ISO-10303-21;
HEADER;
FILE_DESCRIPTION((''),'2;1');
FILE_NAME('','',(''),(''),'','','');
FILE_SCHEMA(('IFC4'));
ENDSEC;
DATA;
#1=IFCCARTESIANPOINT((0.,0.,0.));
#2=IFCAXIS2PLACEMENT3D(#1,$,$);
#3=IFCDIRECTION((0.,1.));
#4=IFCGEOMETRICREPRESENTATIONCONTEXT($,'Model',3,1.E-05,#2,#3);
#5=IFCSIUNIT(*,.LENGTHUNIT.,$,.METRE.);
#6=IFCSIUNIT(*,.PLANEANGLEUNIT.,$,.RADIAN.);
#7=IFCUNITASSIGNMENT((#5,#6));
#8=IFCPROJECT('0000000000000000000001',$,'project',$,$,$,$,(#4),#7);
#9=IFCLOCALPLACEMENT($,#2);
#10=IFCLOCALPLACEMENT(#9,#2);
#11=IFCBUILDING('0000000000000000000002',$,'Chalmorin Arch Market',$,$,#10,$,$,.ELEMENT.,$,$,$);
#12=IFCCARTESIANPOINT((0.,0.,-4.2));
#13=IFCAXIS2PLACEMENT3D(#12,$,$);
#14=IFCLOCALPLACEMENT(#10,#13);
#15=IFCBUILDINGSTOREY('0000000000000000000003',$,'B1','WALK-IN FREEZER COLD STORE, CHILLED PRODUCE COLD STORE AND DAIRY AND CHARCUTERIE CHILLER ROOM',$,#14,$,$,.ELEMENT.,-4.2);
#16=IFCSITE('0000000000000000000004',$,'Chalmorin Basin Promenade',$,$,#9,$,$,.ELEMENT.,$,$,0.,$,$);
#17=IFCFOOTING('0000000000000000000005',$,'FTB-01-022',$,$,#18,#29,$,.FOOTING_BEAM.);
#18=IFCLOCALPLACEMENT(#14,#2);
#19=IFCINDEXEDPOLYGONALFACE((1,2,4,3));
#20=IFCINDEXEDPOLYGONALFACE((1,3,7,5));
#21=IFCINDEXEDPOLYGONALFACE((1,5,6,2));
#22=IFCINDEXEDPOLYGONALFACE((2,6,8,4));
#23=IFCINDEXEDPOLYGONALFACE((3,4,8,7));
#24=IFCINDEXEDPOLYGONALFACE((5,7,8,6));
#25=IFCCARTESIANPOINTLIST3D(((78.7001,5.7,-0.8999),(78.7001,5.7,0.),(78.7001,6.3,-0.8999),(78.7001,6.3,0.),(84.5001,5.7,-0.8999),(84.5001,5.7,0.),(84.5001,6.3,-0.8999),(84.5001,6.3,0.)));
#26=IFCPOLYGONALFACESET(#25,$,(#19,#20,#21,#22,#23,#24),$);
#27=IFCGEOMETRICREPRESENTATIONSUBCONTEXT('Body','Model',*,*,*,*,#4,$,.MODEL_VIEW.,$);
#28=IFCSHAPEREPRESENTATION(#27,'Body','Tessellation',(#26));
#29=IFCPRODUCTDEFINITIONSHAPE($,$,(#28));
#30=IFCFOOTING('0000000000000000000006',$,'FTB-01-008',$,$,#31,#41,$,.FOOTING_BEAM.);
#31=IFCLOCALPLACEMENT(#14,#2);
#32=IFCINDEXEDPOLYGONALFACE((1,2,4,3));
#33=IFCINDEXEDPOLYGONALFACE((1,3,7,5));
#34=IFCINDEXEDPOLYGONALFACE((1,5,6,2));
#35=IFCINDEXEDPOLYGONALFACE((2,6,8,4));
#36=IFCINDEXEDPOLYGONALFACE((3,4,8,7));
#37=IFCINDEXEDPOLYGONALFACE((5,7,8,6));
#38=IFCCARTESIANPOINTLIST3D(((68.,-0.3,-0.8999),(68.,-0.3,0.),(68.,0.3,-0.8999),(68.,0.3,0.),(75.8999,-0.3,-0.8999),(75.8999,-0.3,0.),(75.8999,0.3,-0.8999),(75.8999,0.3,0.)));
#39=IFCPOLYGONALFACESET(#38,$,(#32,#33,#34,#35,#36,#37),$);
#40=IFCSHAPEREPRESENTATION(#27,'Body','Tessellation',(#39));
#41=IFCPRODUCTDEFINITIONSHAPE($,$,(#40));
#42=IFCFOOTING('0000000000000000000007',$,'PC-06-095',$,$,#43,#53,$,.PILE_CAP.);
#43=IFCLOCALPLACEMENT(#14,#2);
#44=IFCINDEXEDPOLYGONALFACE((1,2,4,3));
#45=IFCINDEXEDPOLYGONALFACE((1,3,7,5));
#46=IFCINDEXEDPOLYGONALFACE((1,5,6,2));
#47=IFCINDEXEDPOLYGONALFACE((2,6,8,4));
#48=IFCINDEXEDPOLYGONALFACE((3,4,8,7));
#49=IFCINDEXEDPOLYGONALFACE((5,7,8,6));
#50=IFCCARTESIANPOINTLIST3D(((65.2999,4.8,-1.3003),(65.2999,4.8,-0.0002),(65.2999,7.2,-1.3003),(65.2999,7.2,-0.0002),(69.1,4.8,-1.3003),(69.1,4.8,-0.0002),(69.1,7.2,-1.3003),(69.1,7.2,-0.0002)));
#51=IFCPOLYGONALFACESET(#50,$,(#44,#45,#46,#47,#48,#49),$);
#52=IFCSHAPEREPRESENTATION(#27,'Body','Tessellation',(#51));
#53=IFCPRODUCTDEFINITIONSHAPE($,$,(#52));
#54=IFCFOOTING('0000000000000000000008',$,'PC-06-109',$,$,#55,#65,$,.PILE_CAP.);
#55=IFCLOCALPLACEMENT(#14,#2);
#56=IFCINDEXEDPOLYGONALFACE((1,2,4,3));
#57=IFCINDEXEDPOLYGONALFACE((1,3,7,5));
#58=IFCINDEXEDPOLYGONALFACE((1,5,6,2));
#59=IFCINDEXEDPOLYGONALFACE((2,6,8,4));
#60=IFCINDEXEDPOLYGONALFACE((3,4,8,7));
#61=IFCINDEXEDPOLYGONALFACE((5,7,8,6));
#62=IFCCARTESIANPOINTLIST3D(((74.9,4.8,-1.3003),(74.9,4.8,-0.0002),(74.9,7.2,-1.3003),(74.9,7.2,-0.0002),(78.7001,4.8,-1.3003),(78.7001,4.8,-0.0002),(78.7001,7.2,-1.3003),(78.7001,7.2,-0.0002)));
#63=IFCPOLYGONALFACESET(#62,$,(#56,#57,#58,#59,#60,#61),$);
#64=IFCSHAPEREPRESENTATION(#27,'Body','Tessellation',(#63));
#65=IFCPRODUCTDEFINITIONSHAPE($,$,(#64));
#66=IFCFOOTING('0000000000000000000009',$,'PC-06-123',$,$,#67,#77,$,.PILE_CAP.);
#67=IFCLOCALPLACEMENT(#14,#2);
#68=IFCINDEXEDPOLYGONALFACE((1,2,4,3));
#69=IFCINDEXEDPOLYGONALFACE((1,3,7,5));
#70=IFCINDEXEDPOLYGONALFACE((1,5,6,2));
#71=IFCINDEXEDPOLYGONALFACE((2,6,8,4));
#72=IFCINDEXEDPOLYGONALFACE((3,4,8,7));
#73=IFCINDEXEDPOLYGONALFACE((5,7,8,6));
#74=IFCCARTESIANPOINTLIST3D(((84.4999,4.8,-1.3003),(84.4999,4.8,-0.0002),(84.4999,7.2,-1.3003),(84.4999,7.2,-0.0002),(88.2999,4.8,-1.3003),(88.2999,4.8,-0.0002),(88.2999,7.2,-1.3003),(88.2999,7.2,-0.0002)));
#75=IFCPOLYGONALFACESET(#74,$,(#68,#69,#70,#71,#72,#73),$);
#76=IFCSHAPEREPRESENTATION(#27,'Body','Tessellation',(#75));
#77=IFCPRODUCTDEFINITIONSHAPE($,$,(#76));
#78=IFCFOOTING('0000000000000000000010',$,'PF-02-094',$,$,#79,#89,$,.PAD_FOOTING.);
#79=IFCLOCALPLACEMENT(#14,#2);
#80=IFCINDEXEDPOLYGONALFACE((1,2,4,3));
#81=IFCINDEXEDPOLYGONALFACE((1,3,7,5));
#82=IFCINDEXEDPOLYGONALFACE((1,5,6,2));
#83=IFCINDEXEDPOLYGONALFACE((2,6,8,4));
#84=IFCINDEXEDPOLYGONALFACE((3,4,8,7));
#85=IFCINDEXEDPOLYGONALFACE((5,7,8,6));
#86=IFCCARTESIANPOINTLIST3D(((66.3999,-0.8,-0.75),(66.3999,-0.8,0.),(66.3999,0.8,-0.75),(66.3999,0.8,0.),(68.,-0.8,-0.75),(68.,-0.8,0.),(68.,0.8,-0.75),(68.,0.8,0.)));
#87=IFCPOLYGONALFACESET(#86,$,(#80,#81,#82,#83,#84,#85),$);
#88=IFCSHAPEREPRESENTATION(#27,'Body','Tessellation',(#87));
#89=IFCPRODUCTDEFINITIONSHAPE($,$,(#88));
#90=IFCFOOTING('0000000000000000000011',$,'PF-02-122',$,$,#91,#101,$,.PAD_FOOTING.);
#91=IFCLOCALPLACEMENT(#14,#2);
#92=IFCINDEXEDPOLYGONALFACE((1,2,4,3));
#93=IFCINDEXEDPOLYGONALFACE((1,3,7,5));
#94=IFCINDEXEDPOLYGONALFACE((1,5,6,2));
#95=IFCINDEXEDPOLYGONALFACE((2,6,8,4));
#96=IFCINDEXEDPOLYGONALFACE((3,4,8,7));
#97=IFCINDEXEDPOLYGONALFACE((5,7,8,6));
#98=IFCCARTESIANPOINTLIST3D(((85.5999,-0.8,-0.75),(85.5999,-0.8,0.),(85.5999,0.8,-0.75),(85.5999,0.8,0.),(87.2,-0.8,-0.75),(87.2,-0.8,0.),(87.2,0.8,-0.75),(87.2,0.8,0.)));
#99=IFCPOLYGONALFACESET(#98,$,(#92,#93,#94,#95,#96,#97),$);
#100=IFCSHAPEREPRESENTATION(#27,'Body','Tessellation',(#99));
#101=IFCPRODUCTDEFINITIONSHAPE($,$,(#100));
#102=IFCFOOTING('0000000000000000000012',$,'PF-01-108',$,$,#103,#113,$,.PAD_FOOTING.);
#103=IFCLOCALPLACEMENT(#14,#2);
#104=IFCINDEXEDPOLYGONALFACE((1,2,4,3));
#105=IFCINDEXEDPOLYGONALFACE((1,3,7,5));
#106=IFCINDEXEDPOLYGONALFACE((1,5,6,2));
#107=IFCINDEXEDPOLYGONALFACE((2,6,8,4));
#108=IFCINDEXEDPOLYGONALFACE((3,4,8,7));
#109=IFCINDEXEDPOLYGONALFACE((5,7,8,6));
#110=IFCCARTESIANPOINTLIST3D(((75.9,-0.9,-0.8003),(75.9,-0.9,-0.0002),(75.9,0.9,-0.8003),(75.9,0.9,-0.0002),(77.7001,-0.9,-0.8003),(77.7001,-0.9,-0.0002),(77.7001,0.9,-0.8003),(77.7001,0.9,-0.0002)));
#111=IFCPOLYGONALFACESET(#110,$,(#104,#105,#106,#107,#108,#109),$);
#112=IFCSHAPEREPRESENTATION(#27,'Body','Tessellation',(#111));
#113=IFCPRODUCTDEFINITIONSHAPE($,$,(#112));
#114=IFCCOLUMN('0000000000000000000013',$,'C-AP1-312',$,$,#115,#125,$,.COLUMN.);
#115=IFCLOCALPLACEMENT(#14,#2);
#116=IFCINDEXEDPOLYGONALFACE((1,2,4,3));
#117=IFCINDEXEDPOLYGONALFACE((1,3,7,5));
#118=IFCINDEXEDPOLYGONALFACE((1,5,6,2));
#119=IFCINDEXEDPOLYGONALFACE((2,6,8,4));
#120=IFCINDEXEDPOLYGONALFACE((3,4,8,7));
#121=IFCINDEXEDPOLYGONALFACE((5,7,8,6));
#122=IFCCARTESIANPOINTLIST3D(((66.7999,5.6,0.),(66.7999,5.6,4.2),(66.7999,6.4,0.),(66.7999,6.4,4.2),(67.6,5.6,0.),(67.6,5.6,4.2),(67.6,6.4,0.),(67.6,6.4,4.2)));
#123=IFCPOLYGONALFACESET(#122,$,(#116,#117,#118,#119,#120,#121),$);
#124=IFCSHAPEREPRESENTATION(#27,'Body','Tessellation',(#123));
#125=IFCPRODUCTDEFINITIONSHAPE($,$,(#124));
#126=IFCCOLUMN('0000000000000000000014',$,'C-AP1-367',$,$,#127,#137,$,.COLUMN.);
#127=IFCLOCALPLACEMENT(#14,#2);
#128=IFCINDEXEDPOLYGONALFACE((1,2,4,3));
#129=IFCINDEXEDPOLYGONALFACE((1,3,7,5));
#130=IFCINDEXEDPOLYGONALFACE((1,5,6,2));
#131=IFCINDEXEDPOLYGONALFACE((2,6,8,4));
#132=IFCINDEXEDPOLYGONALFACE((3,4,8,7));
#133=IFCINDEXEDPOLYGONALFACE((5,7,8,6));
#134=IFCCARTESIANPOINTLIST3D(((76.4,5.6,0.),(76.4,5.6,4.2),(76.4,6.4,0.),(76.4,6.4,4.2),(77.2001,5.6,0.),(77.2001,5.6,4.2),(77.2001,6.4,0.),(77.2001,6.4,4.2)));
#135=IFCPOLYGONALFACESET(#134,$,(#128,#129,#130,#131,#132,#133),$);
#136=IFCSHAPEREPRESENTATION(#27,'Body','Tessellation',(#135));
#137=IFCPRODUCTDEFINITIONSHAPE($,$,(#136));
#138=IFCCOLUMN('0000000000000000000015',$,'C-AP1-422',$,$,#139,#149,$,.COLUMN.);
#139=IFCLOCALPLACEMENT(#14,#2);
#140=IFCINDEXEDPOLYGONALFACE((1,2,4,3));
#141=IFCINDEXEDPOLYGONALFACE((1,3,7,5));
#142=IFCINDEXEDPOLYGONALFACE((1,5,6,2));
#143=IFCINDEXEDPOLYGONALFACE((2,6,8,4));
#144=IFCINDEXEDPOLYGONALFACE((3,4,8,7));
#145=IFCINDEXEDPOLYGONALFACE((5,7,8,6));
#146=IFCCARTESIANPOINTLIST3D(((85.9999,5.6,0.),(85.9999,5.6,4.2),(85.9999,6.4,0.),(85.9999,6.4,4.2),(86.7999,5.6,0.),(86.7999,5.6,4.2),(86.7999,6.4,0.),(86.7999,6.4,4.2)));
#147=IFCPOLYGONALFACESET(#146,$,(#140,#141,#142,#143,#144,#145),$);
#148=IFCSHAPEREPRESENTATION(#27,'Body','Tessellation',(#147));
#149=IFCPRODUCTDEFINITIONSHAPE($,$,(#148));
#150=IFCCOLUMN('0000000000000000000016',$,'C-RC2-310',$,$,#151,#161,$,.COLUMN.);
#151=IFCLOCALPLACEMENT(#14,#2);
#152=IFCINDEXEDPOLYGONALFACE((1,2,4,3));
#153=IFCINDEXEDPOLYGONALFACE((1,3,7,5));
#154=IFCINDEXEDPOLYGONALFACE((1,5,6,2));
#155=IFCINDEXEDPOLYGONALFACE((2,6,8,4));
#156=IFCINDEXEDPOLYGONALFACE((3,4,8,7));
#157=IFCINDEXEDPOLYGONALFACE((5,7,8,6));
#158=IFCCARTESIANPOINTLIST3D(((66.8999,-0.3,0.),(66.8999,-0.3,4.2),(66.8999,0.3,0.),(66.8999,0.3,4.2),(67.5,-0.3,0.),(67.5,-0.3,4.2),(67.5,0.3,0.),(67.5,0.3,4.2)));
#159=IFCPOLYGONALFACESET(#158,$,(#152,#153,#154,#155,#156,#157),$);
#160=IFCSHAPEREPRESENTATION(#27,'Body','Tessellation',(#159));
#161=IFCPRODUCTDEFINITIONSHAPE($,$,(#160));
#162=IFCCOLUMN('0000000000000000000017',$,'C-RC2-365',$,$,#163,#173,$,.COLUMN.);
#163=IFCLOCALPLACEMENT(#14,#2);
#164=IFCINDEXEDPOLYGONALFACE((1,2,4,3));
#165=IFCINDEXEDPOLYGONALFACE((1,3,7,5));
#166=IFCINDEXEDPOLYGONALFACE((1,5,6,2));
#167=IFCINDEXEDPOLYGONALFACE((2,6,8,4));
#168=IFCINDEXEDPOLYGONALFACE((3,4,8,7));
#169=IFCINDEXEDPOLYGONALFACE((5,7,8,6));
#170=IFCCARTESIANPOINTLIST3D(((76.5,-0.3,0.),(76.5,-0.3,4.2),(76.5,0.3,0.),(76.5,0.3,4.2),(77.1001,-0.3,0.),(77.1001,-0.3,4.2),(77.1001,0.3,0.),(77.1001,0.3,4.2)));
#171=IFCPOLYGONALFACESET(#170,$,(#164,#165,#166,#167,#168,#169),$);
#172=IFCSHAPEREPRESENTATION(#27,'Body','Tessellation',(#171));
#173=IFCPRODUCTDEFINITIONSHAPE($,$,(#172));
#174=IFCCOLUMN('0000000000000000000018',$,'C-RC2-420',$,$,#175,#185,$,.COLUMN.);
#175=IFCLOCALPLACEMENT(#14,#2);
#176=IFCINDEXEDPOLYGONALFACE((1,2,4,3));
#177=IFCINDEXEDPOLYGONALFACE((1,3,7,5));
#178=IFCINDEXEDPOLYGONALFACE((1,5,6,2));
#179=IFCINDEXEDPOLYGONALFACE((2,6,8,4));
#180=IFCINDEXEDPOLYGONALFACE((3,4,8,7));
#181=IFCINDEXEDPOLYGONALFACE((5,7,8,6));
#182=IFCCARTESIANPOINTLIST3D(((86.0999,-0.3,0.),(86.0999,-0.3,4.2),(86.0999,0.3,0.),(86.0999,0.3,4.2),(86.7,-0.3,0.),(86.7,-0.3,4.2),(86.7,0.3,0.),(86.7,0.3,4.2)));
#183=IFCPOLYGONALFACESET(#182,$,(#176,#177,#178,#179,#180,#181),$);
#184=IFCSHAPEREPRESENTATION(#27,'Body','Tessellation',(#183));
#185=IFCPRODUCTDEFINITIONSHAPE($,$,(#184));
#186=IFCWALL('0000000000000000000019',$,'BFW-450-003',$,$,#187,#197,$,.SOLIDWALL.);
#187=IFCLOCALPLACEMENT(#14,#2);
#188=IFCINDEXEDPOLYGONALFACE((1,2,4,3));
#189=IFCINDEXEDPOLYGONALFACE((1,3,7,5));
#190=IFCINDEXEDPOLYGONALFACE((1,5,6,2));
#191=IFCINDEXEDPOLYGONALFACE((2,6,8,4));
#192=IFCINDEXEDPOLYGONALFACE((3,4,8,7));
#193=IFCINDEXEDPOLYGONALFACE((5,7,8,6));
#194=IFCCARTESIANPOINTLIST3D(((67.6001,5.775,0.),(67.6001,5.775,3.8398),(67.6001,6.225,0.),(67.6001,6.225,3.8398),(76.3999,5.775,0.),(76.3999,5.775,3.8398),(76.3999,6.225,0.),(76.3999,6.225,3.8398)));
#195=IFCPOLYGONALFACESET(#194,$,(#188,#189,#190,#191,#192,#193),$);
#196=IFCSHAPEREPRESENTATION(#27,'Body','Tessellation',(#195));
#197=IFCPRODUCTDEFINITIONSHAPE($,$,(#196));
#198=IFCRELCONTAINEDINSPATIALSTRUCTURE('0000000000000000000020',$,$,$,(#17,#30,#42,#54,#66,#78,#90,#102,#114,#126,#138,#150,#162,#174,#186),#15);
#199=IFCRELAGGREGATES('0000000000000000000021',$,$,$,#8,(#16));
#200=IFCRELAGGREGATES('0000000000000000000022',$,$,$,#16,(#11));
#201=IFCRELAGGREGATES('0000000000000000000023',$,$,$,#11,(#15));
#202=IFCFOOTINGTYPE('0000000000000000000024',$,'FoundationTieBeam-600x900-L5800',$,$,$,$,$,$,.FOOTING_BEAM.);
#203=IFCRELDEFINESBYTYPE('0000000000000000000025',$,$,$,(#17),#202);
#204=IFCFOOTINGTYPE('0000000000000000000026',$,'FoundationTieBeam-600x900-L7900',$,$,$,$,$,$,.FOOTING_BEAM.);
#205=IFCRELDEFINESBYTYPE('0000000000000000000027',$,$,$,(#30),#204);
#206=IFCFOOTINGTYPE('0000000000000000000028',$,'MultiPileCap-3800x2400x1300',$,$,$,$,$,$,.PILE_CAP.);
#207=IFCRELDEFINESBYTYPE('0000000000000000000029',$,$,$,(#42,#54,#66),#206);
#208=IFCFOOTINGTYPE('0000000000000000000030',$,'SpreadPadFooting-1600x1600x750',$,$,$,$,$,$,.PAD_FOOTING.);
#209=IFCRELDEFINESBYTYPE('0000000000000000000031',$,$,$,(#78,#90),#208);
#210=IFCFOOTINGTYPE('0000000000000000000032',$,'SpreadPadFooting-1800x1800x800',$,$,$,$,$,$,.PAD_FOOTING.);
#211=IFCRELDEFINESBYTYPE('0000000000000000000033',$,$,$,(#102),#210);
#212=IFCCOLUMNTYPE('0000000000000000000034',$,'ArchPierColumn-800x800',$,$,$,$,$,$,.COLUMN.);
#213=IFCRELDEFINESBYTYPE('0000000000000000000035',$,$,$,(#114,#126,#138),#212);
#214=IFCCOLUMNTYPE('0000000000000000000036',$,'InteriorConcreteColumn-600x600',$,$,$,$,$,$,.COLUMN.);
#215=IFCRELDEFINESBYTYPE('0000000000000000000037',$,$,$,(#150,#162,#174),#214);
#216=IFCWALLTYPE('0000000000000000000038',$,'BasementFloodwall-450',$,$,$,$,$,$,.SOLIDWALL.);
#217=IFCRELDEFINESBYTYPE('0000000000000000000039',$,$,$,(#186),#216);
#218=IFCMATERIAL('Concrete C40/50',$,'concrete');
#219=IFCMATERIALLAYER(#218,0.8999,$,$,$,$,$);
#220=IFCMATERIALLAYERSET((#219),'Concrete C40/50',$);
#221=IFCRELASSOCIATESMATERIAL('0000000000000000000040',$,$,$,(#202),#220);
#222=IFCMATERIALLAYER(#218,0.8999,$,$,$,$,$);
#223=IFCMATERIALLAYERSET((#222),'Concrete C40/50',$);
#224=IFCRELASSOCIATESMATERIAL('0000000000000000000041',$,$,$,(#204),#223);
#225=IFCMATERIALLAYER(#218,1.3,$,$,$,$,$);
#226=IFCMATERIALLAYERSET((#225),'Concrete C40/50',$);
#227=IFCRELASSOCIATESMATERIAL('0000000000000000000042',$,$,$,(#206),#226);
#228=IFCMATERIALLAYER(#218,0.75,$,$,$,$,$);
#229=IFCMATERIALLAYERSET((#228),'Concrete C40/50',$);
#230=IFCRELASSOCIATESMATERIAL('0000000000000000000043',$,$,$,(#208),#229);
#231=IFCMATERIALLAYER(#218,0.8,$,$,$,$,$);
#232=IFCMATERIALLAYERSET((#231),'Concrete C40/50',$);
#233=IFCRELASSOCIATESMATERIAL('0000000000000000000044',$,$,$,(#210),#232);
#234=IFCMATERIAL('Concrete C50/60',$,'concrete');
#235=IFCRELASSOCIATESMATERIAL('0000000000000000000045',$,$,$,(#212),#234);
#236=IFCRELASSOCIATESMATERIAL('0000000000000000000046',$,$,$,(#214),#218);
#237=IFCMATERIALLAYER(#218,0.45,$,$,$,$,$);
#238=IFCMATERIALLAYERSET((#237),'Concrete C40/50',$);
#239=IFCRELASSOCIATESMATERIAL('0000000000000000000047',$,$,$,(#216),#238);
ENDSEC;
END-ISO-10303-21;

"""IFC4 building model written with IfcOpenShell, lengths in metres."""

from ifc_helpers import new_model, si_unit, direction, frame, frame_2d, origin, origin_2d, place, context, subcontext, project, spatial, rectangle, extrude, material, layer, layer_set, material_profile, profile_set, type_object, element, save


model = new_model("IFC4")

# Units and contexts
model_context = context("Model", 3, precision=1e-05, world=origin(), true_north=direction((0.0, 1.0)))
body_context = subcontext(model_context, "Body", "Model", "MODEL_VIEW")
ifc_project = project(units=[si_unit("LENGTHUNIT", "METRE"), si_unit("PLANEANGLEUNIT", "RADIAN")], contexts=[model_context])

# Site, building, storey
site_placement = place(None, origin())
site = spatial("IfcSite", under=ifc_project, at=site_placement, Name="Chalmorin Basin Promenade", CompositionType="ELEMENT", RefElevation=0.0)
building_placement = place(site_placement, origin())
building = spatial("IfcBuilding", under=site, at=building_placement, Name="Chalmorin Arch Market", CompositionType="ELEMENT")
storey_placement = place(building_placement, frame((0.0, 0.0, -4.2)))
storey = spatial("IfcBuildingStorey", under=building, at=storey_placement, Name="B1", Description="WALK-IN FREEZER COLD STORE, CHILLED PRODUCE COLD STORE AND DAIRY AND CHARCUTERIE CHILLER ROOM", CompositionType="ELEMENT", Elevation=-4.2)

# Footings
ifc_material_1 = material(Name="Concrete C40/50", Category="concrete")
ifc_layer_1 = layer(ifc_material_1, 0.8999)
ifc_layer_set_1 = layer_set([ifc_layer_1], Name="Concrete C40/50")
footing_type_1 = type_object("IfcFootingType", Name="FoundationTieBeam-600x900-L5800", PredefinedType="FOOTING_BEAM", material=ifc_layer_set_1)
footing_1_placement = place(storey_placement, frame((81.6001, 6.0, -0.8999), z_axis=(0.0, 0.0, 1.0), x_axis=(1.0, 0.0, 0.0)))
element("IfcFooting", 1, at=footing_1_placement, inside=storey, type_object=footing_type_1, Name="FTB-01-022", PredefinedType="FOOTING_BEAM", context=body_context, shape_type="SweptSolid", body=[
    extrude(rectangle(XDim=5.8, YDim=0.6001, at=origin_2d()), origin(), (0.0, 0.0, 1.0), 0.8999),
])
ifc_layer_2 = layer(ifc_material_1, 0.8999)
ifc_layer_set_2 = layer_set([ifc_layer_2], Name="Concrete C40/50")
footing_type_2 = type_object("IfcFootingType", Name="FoundationTieBeam-600x900-L7900", PredefinedType="FOOTING_BEAM", material=ifc_layer_set_2)
footing_2_placement = place(storey_placement, frame((71.95, 0.0, -0.8999), z_axis=(0.0, 0.0, 1.0), x_axis=(1.0, 0.0, 0.0)))
element("IfcFooting", 2, at=footing_2_placement, inside=storey, type_object=footing_type_2, Name="FTB-01-008", PredefinedType="FOOTING_BEAM", context=body_context, shape_type="SweptSolid", body=[
    extrude(rectangle(XDim=7.8999, YDim=0.6001, at=origin_2d()), origin(), (0.0, 0.0, 1.0), 0.8999),
])
ifc_layer_3 = layer(ifc_material_1, 1.3)
ifc_layer_set_3 = layer_set([ifc_layer_3], Name="Concrete C40/50")
footing_type_3 = type_object("IfcFootingType", Name="MultiPileCap-3800x2400x1300", PredefinedType="PILE_CAP", material=ifc_layer_set_3)
for number, where, z_axis, x_axis, name in (
    (3, (67.2, 6.0, -1.3003), (0.0, 0.0, 1.0), (1.0, 0.0, 0.0), "PC-06-095"),
    (4, (76.8, 6.0, -1.3003), (0.0, 0.0, 1.0), (1.0, 0.0, 0.0), "PC-06-109"),
    (5, (86.3999, 6.0, -1.3003), (0.0, 0.0, 1.0), (1.0, 0.0, 0.0), "PC-06-123"),
):
    element("IfcFooting", number, at=place(storey_placement, frame(where, z_axis=z_axis, x_axis=x_axis)), inside=storey, type_object=footing_type_3, Name=name, PredefinedType="PILE_CAP", context=body_context, shape_type="SweptSolid", body=[
        extrude(rectangle(XDim=3.8, YDim=2.3999, at=origin_2d()), origin(), (0.0, 0.0, 1.0), 1.3),
    ])
ifc_layer_4 = layer(ifc_material_1, 0.75)
ifc_layer_set_4 = layer_set([ifc_layer_4], Name="Concrete C40/50")
footing_type_4 = type_object("IfcFootingType", Name="SpreadPadFooting-1600x1600x750", PredefinedType="PAD_FOOTING", material=ifc_layer_set_4)
for number, where, z_axis, x_axis, name in (
    (6, (67.2, 0.0, -0.75), (0.0, 0.0, 1.0), (1.0, 0.0, 0.0), "PF-02-094"),
    (7, (86.3999, 0.0, -0.75), (0.0, 0.0, 1.0), (1.0, 0.0, 0.0), "PF-02-122"),
):
    element("IfcFooting", number, at=place(storey_placement, frame(where, z_axis=z_axis, x_axis=x_axis)), inside=storey, type_object=footing_type_4, Name=name, PredefinedType="PAD_FOOTING", context=body_context, shape_type="SweptSolid", body=[
        extrude(rectangle(XDim=1.6001, YDim=1.6001, at=origin_2d()), origin(), (0.0, 0.0, 1.0), 0.75),
    ])
ifc_layer_5 = layer(ifc_material_1, 0.8)
ifc_layer_set_5 = layer_set([ifc_layer_5], Name="Concrete C40/50")
footing_type_5 = type_object("IfcFootingType", Name="SpreadPadFooting-1800x1800x800", PredefinedType="PAD_FOOTING", material=ifc_layer_set_5)
footing_3_placement = place(storey_placement, frame((76.8, 0.0, -0.8003), z_axis=(0.0, 0.0, 1.0), x_axis=(1.0, 0.0, 0.0)))
element("IfcFooting", 8, at=footing_3_placement, inside=storey, type_object=footing_type_5, Name="PF-01-108", PredefinedType="PAD_FOOTING", context=body_context, shape_type="SweptSolid", body=[
    extrude(rectangle(XDim=1.8, YDim=1.8, at=origin_2d()), origin(), (0.0, 0.0, 1.0), 0.8),
])

# Columns
ifc_material_2 = material(Name="Concrete C50/60", Category="concrete")
ifc_material_profile_1 = material_profile(ifc_material_2, rectangle(XDim=0.8, YDim=0.8, at=origin_2d()), Name="RC800X800")
ifc_profile_set_1 = profile_set([ifc_material_profile_1], Name="Concrete C50/60")
column_type_1 = type_object("IfcColumnType", Name="ArchPierColumn-800x800", PredefinedType="COLUMN", material=ifc_profile_set_1)
for number, where, z_axis, x_axis, name in (
    (9, (67.2, 6.0, 0.0), (0.0, 0.0, 1.0), (1.0, 0.0, 0.0), "C-AP1-312"),
    (10, (76.8, 6.0, 0.0), (0.0, 0.0, 1.0), (1.0, 0.0, 0.0), "C-AP1-367"),
    (11, (86.3999, 6.0, 0.0), (0.0, 0.0, 1.0), (1.0, 0.0, 0.0), "C-AP1-422"),
):
    element("IfcColumn", number, at=place(storey_placement, frame(where, z_axis=z_axis, x_axis=x_axis)), inside=storey, type_object=column_type_1, Name=name, PredefinedType="COLUMN", context=body_context, shape_type="SweptSolid", body=[
        extrude(rectangle(XDim=0.8, YDim=0.8, at=origin_2d()), origin(), (0.0, 0.0, 1.0), 4.2),
    ])
ifc_material_profile_2 = material_profile(ifc_material_1, rectangle(XDim=0.6001, YDim=0.6001, at=origin_2d()), Name="RC600X600")
ifc_profile_set_2 = profile_set([ifc_material_profile_2], Name="Concrete C40/50")
column_type_2 = type_object("IfcColumnType", Name="InteriorConcreteColumn-600x600", PredefinedType="COLUMN", material=ifc_profile_set_2)
for number, where, z_axis, x_axis, name in (
    (12, (67.2, 0.0, 0.0), (0.0, 0.0, 1.0), (1.0, 0.0, 0.0), "C-RC2-310"),
    (13, (76.8, 0.0, 0.0), (0.0, 0.0, 1.0), (1.0, 0.0, 0.0), "C-RC2-365"),
    (14, (86.3999, 0.0, 0.0), (0.0, 0.0, 1.0), (1.0, 0.0, 0.0), "C-RC2-420"),
):
    element("IfcColumn", number, at=place(storey_placement, frame(where, z_axis=z_axis, x_axis=x_axis)), inside=storey, type_object=column_type_2, Name=name, PredefinedType="COLUMN", context=body_context, shape_type="SweptSolid", body=[
        extrude(rectangle(XDim=0.6001, YDim=0.6001, at=origin_2d()), origin(), (0.0, 0.0, 1.0), 4.2),
    ])

# Wall
ifc_layer_6 = layer(ifc_material_1, 0.45)
ifc_layer_set_6 = layer_set([ifc_layer_6], Name="Concrete C40/50")
wall_type_1 = type_object("IfcWallType", Name="BasementFloodwall-450", PredefinedType="SOLIDWALL", material=ifc_layer_set_6)
wall_1_placement = place(storey_placement, frame((67.6001, 6.0, 0.0), z_axis=(0.0, 0.0, 1.0), x_axis=(1.0, 0.0, 0.0)))
element("IfcWall", 15, at=wall_1_placement, inside=storey, type_object=wall_type_1, Name="BFW-450-003", PredefinedType="SOLIDWALL", context=body_context, shape_type="SweptSolid", body=[
    extrude(rectangle(XDim=8.7998, YDim=0.45, at=frame_2d((4.3999, 0.0))), origin(), (0.0, 0.0, 1.0), 3.8398),
])

save(model, "model.ifc")
